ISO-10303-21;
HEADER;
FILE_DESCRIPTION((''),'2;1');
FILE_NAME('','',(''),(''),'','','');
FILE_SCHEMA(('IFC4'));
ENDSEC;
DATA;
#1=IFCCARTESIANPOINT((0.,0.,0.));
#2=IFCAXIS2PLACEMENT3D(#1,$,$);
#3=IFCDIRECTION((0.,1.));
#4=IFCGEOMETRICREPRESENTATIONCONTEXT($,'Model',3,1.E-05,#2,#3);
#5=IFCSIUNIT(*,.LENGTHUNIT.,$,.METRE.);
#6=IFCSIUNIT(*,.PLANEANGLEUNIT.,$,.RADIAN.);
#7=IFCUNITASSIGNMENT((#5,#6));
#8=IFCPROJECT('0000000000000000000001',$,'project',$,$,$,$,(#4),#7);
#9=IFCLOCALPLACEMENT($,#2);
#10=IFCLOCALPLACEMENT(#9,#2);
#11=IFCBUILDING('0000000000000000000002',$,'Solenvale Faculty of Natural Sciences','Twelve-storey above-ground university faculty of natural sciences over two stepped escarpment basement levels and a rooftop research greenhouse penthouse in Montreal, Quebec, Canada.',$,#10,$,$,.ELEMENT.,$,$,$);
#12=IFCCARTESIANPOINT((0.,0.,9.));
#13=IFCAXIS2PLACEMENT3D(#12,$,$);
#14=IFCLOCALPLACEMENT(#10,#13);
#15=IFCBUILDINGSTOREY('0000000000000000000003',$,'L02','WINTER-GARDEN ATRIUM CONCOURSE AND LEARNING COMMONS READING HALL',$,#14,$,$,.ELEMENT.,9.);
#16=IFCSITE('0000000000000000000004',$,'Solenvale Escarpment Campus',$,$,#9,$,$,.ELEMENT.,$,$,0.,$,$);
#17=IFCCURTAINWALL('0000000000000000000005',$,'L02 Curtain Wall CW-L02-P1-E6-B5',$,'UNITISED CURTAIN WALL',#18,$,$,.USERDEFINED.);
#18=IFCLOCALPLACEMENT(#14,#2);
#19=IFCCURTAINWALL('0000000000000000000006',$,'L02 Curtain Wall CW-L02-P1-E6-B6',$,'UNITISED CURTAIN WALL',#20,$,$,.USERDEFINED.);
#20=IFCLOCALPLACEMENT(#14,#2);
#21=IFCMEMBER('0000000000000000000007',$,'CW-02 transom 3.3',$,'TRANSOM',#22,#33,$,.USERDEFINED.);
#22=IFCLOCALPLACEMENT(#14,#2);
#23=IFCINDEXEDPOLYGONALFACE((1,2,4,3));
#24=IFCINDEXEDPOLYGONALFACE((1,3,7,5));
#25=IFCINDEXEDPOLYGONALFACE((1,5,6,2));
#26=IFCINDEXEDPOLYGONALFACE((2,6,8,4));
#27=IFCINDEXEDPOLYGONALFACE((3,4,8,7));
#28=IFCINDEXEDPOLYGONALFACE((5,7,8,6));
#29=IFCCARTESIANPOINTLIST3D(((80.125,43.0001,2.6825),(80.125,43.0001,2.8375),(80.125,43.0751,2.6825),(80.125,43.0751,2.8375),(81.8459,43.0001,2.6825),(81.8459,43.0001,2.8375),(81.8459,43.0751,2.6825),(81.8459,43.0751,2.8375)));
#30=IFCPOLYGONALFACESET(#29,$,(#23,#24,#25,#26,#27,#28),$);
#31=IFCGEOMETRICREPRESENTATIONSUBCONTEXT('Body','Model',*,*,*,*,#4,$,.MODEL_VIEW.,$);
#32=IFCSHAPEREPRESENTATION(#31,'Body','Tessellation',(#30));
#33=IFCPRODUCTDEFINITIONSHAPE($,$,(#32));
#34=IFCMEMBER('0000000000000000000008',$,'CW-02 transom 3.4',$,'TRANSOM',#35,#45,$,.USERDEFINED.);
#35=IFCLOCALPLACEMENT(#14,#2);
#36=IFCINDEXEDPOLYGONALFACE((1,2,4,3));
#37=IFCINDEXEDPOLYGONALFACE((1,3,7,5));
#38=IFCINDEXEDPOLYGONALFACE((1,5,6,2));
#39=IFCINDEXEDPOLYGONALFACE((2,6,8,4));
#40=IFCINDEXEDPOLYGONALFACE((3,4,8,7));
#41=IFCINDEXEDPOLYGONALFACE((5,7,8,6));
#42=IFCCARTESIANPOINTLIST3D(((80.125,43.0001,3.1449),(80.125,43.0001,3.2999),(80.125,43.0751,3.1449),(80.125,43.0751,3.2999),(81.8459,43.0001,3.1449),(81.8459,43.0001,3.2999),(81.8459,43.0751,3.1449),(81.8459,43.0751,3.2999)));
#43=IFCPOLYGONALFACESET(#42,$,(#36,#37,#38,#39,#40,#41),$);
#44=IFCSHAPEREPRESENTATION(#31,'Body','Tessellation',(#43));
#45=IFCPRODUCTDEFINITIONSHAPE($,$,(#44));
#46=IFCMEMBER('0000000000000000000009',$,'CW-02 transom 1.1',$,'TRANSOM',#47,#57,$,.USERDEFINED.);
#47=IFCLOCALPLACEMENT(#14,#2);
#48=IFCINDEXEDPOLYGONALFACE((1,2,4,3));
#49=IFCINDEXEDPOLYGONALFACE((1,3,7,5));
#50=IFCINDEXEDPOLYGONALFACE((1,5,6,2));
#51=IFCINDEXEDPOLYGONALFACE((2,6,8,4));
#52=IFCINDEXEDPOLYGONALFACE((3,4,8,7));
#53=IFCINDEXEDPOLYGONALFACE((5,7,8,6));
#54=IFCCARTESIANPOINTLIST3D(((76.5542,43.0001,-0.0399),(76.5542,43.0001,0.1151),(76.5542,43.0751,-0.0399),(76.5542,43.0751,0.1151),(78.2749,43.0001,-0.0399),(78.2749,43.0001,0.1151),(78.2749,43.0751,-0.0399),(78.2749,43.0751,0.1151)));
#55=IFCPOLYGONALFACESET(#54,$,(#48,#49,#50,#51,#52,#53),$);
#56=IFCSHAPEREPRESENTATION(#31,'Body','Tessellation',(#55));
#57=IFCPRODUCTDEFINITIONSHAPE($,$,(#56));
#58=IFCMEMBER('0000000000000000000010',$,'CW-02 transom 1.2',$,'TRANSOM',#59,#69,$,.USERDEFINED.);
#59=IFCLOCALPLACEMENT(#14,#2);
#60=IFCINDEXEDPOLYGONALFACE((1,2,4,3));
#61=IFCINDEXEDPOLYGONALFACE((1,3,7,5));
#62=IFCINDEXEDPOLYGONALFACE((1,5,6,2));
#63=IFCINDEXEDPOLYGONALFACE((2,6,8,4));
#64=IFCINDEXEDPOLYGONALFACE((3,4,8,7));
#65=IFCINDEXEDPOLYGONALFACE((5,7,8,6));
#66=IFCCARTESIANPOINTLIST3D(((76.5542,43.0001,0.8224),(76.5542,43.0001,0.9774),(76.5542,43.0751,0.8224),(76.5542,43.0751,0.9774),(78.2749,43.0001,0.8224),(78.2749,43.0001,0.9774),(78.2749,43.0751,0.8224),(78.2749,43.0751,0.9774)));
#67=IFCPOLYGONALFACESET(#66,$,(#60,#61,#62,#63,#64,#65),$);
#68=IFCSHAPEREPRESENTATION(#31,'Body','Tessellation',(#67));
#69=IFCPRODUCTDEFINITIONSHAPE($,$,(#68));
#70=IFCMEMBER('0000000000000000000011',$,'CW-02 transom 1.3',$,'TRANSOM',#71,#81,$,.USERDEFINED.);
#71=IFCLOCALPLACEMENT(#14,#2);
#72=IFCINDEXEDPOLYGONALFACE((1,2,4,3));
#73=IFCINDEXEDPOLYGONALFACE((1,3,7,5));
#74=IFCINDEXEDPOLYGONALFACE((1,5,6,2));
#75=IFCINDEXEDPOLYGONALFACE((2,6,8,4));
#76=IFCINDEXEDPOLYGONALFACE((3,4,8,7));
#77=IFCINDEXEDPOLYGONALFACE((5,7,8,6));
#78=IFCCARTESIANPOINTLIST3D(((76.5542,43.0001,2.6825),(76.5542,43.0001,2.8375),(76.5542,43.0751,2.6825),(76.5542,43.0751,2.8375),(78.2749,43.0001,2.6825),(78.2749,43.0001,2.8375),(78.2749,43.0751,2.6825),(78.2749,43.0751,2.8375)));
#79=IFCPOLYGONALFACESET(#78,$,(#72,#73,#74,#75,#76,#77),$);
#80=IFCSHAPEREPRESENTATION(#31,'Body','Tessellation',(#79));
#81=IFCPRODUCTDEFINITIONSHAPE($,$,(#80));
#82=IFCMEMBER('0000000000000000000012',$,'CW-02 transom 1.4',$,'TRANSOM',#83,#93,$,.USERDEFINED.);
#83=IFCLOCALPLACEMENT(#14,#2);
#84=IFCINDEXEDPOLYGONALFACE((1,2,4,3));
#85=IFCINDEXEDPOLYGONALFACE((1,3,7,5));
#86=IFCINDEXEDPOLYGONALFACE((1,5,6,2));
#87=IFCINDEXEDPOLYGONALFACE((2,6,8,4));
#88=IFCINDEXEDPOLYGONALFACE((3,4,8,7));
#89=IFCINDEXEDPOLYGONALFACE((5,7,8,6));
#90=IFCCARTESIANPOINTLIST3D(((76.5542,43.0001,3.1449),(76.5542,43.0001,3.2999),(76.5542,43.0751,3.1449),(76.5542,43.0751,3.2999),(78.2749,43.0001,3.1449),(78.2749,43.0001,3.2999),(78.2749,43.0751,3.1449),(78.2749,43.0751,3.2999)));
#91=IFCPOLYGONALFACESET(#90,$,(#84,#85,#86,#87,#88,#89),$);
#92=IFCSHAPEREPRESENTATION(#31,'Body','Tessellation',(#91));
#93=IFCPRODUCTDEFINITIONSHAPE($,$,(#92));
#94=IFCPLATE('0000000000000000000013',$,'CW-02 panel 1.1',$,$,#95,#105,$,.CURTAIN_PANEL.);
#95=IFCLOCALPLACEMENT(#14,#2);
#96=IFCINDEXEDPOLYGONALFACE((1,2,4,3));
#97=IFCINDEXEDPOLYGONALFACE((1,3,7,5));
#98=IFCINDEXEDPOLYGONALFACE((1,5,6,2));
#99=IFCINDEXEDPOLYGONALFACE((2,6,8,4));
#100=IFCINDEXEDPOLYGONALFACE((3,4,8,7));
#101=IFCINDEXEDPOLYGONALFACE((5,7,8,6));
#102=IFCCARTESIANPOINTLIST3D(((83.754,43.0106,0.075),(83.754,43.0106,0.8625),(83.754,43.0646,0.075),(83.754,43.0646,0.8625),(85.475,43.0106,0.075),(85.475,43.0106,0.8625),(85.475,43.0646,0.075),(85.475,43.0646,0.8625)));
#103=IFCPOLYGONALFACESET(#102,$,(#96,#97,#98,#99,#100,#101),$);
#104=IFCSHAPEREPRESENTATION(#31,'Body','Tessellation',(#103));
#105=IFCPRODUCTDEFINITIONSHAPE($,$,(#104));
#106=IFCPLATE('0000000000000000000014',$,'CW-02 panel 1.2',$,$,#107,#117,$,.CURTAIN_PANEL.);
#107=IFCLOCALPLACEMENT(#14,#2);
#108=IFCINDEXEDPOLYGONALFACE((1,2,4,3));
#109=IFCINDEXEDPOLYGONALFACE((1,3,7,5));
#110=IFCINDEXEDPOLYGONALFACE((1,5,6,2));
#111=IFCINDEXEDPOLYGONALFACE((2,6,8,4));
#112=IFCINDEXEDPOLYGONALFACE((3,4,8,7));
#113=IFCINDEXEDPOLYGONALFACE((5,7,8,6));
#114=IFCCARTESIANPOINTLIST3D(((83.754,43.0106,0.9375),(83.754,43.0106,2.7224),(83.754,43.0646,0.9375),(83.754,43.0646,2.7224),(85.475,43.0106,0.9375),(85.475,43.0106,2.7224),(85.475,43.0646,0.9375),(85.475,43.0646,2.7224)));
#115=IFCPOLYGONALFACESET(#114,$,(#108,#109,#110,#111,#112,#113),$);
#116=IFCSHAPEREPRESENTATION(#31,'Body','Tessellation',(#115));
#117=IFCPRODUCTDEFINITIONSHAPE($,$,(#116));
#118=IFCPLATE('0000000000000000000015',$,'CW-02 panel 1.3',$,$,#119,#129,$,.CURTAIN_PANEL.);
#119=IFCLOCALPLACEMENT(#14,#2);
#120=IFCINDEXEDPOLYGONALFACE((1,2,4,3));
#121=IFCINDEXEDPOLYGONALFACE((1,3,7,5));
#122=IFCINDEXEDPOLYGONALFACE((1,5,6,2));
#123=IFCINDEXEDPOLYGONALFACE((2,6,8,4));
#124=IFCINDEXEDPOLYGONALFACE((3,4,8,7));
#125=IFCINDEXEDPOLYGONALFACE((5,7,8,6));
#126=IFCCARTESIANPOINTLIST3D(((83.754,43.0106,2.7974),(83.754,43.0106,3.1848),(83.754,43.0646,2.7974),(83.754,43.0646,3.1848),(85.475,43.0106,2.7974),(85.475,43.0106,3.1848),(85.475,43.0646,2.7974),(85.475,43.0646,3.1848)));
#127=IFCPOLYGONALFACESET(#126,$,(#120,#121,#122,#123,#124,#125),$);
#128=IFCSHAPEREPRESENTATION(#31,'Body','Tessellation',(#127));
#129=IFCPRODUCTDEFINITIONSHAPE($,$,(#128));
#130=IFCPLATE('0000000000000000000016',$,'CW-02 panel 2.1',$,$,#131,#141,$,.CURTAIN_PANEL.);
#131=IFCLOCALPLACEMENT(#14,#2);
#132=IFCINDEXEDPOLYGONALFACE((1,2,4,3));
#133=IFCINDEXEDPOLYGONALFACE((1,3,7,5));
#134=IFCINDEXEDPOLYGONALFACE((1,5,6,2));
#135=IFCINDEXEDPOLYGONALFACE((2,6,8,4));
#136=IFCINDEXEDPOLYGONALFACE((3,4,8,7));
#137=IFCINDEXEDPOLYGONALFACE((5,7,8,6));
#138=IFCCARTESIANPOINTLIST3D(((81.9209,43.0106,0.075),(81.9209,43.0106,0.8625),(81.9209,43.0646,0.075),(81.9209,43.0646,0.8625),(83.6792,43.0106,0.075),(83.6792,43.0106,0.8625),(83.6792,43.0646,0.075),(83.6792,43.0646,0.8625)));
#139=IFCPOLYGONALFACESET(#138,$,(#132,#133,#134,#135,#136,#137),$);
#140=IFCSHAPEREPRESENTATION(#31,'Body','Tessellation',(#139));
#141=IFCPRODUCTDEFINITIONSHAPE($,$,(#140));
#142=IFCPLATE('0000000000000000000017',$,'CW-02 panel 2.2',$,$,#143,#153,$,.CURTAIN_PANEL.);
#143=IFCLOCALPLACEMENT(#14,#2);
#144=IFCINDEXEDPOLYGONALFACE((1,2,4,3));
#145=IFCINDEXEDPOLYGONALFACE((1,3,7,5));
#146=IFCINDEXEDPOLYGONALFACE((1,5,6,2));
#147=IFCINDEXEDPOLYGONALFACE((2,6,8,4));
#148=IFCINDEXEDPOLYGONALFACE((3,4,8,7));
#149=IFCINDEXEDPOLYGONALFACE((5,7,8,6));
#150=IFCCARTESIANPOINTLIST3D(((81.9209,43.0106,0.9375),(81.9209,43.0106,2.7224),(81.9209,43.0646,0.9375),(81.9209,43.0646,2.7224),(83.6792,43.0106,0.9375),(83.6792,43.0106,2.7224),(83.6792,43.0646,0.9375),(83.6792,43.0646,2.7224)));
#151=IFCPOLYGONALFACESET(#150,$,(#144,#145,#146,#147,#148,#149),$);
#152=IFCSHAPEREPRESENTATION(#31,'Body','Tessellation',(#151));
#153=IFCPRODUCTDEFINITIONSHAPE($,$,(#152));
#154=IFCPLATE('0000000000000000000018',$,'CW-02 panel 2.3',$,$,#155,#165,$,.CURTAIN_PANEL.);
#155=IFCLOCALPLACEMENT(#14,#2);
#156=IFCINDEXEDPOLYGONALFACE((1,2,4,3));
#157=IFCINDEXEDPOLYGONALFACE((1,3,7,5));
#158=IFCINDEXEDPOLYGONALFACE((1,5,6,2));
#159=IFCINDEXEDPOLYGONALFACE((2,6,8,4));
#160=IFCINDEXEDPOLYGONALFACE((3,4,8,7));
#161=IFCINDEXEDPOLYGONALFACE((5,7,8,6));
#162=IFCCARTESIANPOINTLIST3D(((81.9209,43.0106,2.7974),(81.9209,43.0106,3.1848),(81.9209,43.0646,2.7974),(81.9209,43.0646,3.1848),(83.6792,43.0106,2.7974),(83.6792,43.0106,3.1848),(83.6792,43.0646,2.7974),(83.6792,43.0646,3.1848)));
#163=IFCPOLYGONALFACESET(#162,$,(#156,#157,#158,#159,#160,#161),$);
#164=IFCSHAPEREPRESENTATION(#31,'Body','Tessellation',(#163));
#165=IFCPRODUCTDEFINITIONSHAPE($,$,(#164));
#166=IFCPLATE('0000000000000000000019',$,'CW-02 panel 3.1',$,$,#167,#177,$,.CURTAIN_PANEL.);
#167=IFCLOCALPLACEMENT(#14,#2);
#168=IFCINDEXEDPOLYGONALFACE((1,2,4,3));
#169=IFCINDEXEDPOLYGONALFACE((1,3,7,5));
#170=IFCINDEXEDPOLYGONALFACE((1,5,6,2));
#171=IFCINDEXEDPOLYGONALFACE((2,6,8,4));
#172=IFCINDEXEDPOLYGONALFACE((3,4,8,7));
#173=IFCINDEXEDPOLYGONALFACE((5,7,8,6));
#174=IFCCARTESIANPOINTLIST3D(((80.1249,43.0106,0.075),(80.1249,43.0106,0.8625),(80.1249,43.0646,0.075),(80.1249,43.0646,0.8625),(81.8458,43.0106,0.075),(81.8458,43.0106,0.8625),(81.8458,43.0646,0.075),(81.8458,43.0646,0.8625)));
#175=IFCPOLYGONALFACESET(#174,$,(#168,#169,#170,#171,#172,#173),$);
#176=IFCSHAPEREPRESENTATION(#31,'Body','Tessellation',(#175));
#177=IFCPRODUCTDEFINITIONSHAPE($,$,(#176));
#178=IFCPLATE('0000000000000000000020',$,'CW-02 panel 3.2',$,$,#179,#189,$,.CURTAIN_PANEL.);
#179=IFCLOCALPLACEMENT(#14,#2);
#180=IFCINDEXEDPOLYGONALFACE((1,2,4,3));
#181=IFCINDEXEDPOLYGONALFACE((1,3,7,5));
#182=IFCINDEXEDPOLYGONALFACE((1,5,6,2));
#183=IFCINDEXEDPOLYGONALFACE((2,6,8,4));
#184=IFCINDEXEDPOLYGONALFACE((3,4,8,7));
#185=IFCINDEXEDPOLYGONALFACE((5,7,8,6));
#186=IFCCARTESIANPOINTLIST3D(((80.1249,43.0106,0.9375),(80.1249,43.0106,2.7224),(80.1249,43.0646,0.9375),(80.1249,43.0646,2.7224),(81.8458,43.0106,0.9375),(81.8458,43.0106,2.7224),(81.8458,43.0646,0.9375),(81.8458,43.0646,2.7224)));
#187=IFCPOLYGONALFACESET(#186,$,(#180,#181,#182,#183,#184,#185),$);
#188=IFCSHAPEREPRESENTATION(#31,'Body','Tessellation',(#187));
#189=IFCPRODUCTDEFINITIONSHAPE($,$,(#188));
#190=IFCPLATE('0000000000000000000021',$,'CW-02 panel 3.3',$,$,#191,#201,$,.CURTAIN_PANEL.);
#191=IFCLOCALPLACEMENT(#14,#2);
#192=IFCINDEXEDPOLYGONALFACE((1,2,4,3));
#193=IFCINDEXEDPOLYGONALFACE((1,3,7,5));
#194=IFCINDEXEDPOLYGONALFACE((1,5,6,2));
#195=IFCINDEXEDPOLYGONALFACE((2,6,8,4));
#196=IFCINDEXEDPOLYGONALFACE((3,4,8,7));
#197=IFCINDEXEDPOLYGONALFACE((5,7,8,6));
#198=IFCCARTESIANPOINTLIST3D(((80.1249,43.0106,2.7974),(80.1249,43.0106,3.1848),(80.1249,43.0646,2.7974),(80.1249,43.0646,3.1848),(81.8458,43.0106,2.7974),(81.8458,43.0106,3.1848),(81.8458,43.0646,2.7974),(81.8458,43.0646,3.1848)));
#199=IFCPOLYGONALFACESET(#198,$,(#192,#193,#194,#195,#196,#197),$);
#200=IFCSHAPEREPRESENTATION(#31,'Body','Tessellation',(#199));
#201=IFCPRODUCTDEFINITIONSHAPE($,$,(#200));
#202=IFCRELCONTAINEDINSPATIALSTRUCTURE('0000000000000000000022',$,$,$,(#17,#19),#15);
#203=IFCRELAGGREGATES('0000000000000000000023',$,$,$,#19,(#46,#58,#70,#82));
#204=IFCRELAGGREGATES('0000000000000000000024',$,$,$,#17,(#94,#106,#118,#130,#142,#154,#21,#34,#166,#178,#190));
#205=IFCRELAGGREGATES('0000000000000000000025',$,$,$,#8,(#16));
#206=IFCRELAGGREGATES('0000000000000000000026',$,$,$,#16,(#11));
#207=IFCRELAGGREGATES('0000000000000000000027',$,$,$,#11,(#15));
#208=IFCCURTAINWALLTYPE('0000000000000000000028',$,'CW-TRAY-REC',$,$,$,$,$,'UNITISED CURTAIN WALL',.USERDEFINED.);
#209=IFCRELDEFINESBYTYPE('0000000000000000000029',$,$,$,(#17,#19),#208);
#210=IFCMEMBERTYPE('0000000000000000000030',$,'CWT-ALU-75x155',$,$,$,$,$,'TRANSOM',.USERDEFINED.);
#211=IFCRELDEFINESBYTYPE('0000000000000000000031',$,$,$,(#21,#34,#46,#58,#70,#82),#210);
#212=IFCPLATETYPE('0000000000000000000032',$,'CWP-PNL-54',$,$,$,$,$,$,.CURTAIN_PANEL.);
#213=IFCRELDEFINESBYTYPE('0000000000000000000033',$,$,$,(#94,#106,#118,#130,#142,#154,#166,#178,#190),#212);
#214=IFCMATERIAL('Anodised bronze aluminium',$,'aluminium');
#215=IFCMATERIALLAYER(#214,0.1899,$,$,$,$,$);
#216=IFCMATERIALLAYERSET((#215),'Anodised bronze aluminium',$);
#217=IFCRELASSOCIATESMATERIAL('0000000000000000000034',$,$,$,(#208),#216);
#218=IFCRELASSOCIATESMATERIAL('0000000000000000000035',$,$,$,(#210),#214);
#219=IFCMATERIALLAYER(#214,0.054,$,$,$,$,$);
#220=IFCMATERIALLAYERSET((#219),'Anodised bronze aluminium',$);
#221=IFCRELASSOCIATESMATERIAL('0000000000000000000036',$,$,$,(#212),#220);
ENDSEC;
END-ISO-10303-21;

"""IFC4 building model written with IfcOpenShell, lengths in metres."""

from ifc_helpers import new_model, si_unit, direction, frame, origin, origin_2d, place, context, subcontext, project, spatial, rectangle, extrude, material, layer, layer_set, material_profile, profile_set, type_object, element, aggregate, save


model = new_model("IFC4")

# Units and contexts
model_context = context("Model", 3, precision=1e-05, world=origin(), true_north=direction((0.0, 1.0)))
body_context = subcontext(model_context, "Body", "Model", "MODEL_VIEW")
ifc_project = project(units=[si_unit("LENGTHUNIT", "METRE"), si_unit("PLANEANGLEUNIT", "RADIAN")], contexts=[model_context])

# Site, building, storey
site_placement = place(None, origin())
site = spatial("IfcSite", under=ifc_project, at=site_placement, Name="Solenvale Escarpment Campus", CompositionType="ELEMENT", RefElevation=0.0)
building_placement = place(site_placement, origin())
building = spatial("IfcBuilding", under=site, at=building_placement, Name="Solenvale Faculty of Natural Sciences", Description="Twelve-storey above-ground university faculty of natural sciences over two stepped escarpment basement levels and a rooftop research greenhouse penthouse in Montreal, Quebec, Canada.", CompositionType="ELEMENT")
storey_placement = place(building_placement, frame((0.0, 0.0, 9.0)))
storey = spatial("IfcBuildingStorey", under=building, at=storey_placement, Name="L02", Description="WINTER-GARDEN ATRIUM CONCOURSE AND LEARNING COMMONS READING HALL", CompositionType="ELEMENT", Elevation=9.0)

# Curtain wall
ifc_material_1 = material(Name="Anodised bronze aluminium", Category="aluminium")
ifc_layer_1 = layer(ifc_material_1, 0.1899)
ifc_layer_set_1 = layer_set([ifc_layer_1], Name="Anodised bronze aluminium")
curtain_wall_type = type_object("IfcCurtainWallType", Name="CW-TRAY-REC", ElementType="UNITISED CURTAIN WALL", PredefinedType="USERDEFINED", material=ifc_layer_set_1)
curtain_wall_1_placement = place(storey_placement, origin())
curtain_wall_1 = element("IfcCurtainWall", 1, at=curtain_wall_1_placement, inside=storey, type_object=curtain_wall_type, Name="L02 Curtain Wall CW-L02-P1-E6-B5", ObjectType="UNITISED CURTAIN WALL", PredefinedType="USERDEFINED")

# Curtain wall
curtain_wall_2_placement = place(storey_placement, origin())
curtain_wall_2 = element("IfcCurtainWall", 2, at=curtain_wall_2_placement, inside=storey, type_object=curtain_wall_type, Name="L02 Curtain Wall CW-L02-P1-E6-B6", ObjectType="UNITISED CURTAIN WALL", PredefinedType="USERDEFINED")

# Members
ifc_material_profile_1 = material_profile(ifc_material_1, rectangle(XDim=0.075, YDim=0.155, at=origin_2d()), Name="ALU-TRN-75x155")
ifc_profile_set_1 = profile_set([ifc_material_profile_1], Name="Anodised bronze aluminium")
member_type_1 = type_object("IfcMemberType", Name="CWT-ALU-75x155", ElementType="TRANSOM", PredefinedType="USERDEFINED", material=ifc_profile_set_1)
member_1_placement = place(storey_placement, frame((81.8459, 43.0376, 2.76), z_axis=(-1.0, 0.0, 0.0), x_axis=(0.0, -1.0, 0.0)))
member_1 = element("IfcMember", 3, at=member_1_placement, type_object=member_type_1, Name="CW-02 transom 3.3", ObjectType="TRANSOM", PredefinedType="USERDEFINED", context=body_context, shape_type="SweptSolid", body=[
    extrude(rectangle(XDim=0.075, YDim=0.155, at=origin_2d()), origin(), (0.0, 0.0, 1.0), 1.7209),
])
member_2_placement = place(storey_placement, frame((81.8459, 43.0376, 3.2224), z_axis=(-1.0, 0.0, 0.0), x_axis=(0.0, -1.0, 0.0)))
member_2 = element("IfcMember", 4, at=member_2_placement, type_object=member_type_1, Name="CW-02 transom 3.4", ObjectType="TRANSOM", PredefinedType="USERDEFINED", context=body_context, shape_type="SweptSolid", body=[
    extrude(rectangle(XDim=0.075, YDim=0.155, at=origin_2d()), origin(), (0.0, 0.0, 1.0), 1.7209),
])
member_3_placement = place(storey_placement, frame((78.2749, 43.0376, 0.0376), z_axis=(-1.0, 0.0, 0.0), x_axis=(0.0, -1.0, 0.0)))
member_3 = element("IfcMember", 5, at=member_3_placement, type_object=member_type_1, Name="CW-02 transom 1.1", ObjectType="TRANSOM", PredefinedType="USERDEFINED", context=body_context, shape_type="SweptSolid", body=[
    extrude(rectangle(XDim=0.075, YDim=0.155, at=origin_2d()), origin(), (0.0, 0.0, 1.0), 1.7207),
])
member_4_placement = place(storey_placement, frame((78.2749, 43.0376, 0.8999), z_axis=(-1.0, 0.0, 0.0), x_axis=(0.0, -1.0, 0.0)))
member_4 = element("IfcMember", 6, at=member_4_placement, type_object=member_type_1, Name="CW-02 transom 1.2", ObjectType="TRANSOM", PredefinedType="USERDEFINED", context=body_context, shape_type="SweptSolid", body=[
    extrude(rectangle(XDim=0.075, YDim=0.155, at=origin_2d()), origin(), (0.0, 0.0, 1.0), 1.7207),
])
member_5_placement = place(storey_placement, frame((78.2749, 43.0376, 2.76), z_axis=(-1.0, 0.0, 0.0), x_axis=(0.0, -1.0, 0.0)))
member_5 = element("IfcMember", 7, at=member_5_placement, type_object=member_type_1, Name="CW-02 transom 1.3", ObjectType="TRANSOM", PredefinedType="USERDEFINED", context=body_context, shape_type="SweptSolid", body=[
    extrude(rectangle(XDim=0.075, YDim=0.155, at=origin_2d()), origin(), (0.0, 0.0, 1.0), 1.7207),
])
member_6_placement = place(storey_placement, frame((78.2749, 43.0376, 3.2224), z_axis=(-1.0, 0.0, 0.0), x_axis=(0.0, -1.0, 0.0)))
member_6 = element("IfcMember", 8, at=member_6_placement, type_object=member_type_1, Name="CW-02 transom 1.4", ObjectType="TRANSOM", PredefinedType="USERDEFINED", context=body_context, shape_type="SweptSolid", body=[
    extrude(rectangle(XDim=0.075, YDim=0.155, at=origin_2d()), origin(), (0.0, 0.0, 1.0), 1.7207),
])
aggregate(curtain_wall_2, [member_3, member_4, member_5, member_6])

# Plates
ifc_layer_2 = layer(ifc_material_1, 0.054)
ifc_layer_set_2 = layer_set([ifc_layer_2], Name="Anodised bronze aluminium")
plate_type = type_object("IfcPlateType", Name="CWP-PNL-54", PredefinedType="CURTAIN_PANEL", material=ifc_layer_set_2)
plate_1_placement = place(storey_placement, frame((84.6145, 43.0376, 0.075), z_axis=(0.0, 0.0, 1.0), x_axis=(-1.0, 0.0, 0.0)))
plate_1 = element("IfcPlate", 9, at=plate_1_placement, type_object=plate_type, Name="CW-02 panel 1.1", PredefinedType="CURTAIN_PANEL", context=body_context, shape_type="SweptSolid", body=[
    extrude(rectangle(XDim=1.7209, YDim=0.054, at=origin_2d()), origin(), (0.0, 0.0, 1.0), 0.7876),
])
plate_2_placement = place(storey_placement, frame((84.6145, 43.0376, 0.9375), z_axis=(0.0, 0.0, 1.0), x_axis=(-1.0, 0.0, 0.0)))
plate_2 = element("IfcPlate", 10, at=plate_2_placement, type_object=plate_type, Name="CW-02 panel 1.2", PredefinedType="CURTAIN_PANEL", context=body_context, shape_type="SweptSolid", body=[
    extrude(rectangle(XDim=1.7209, YDim=0.054, at=origin_2d()), origin(), (0.0, 0.0, 1.0), 1.7849),
])
plate_3_placement = place(storey_placement, frame((84.6145, 43.0376, 2.7974), z_axis=(0.0, 0.0, 1.0), x_axis=(-1.0, 0.0, 0.0)))
plate_3 = element("IfcPlate", 11, at=plate_3_placement, type_object=plate_type, Name="CW-02 panel 1.3", PredefinedType="CURTAIN_PANEL", context=body_context, shape_type="SweptSolid", body=[
    extrude(rectangle(XDim=1.7209, YDim=0.054, at=origin_2d()), origin(), (0.0, 0.0, 1.0), 0.3875),
])
plate_4_placement = place(storey_placement, frame((82.8, 43.0376, 0.075), z_axis=(0.0, 0.0, 1.0), x_axis=(-1.0, 0.0, 0.0)))
plate_4 = element("IfcPlate", 12, at=plate_4_placement, type_object=plate_type, Name="CW-02 panel 2.1", PredefinedType="CURTAIN_PANEL", context=body_context, shape_type="SweptSolid", body=[
    extrude(rectangle(XDim=1.7583, YDim=0.054, at=origin_2d()), origin(), (0.0, 0.0, 1.0), 0.7876),
])
plate_5_placement = place(storey_placement, frame((82.8, 43.0376, 0.9375), z_axis=(0.0, 0.0, 1.0), x_axis=(-1.0, 0.0, 0.0)))
plate_5 = element("IfcPlate", 13, at=plate_5_placement, type_object=plate_type, Name="CW-02 panel 2.2", PredefinedType="CURTAIN_PANEL", context=body_context, shape_type="SweptSolid", body=[
    extrude(rectangle(XDim=1.7583, YDim=0.054, at=origin_2d()), origin(), (0.0, 0.0, 1.0), 1.7849),
])
plate_6_placement = place(storey_placement, frame((82.8, 43.0376, 2.7974), z_axis=(0.0, 0.0, 1.0), x_axis=(-1.0, 0.0, 0.0)))
plate_6 = element("IfcPlate", 14, at=plate_6_placement, type_object=plate_type, Name="CW-02 panel 2.3", PredefinedType="CURTAIN_PANEL", context=body_context, shape_type="SweptSolid", body=[
    extrude(rectangle(XDim=1.7583, YDim=0.054, at=origin_2d()), origin(), (0.0, 0.0, 1.0), 0.3875),
])
plate_7_placement = place(storey_placement, frame((80.9854, 43.0376, 0.075), z_axis=(0.0, 0.0, 1.0), x_axis=(-1.0, 0.0, 0.0)))
plate_7 = element("IfcPlate", 15, at=plate_7_placement, type_object=plate_type, Name="CW-02 panel 3.1", PredefinedType="CURTAIN_PANEL", context=body_context, shape_type="SweptSolid", body=[
    extrude(rectangle(XDim=1.7209, YDim=0.054, at=origin_2d()), origin(), (0.0, 0.0, 1.0), 0.7876),
])
plate_8_placement = place(storey_placement, frame((80.9854, 43.0376, 0.9375), z_axis=(0.0, 0.0, 1.0), x_axis=(-1.0, 0.0, 0.0)))
plate_8 = element("IfcPlate", 16, at=plate_8_placement, type_object=plate_type, Name="CW-02 panel 3.2", PredefinedType="CURTAIN_PANEL", context=body_context, shape_type="SweptSolid", body=[
    extrude(rectangle(XDim=1.7209, YDim=0.054, at=origin_2d()), origin(), (0.0, 0.0, 1.0), 1.7849),
])
plate_9_placement = place(storey_placement, frame((80.9854, 43.0376, 2.7974), z_axis=(0.0, 0.0, 1.0), x_axis=(-1.0, 0.0, 0.0)))
plate_9 = element("IfcPlate", 17, at=plate_9_placement, type_object=plate_type, Name="CW-02 panel 3.3", PredefinedType="CURTAIN_PANEL", context=body_context, shape_type="SweptSolid", body=[
    extrude(rectangle(XDim=1.7209, YDim=0.054, at=origin_2d()), origin(), (0.0, 0.0, 1.0), 0.3875),
])
aggregate(curtain_wall_1, [plate_1, plate_2, plate_3, plate_4, plate_5, plate_6, member_1, member_2, plate_7, plate_8, plate_9])

save(model, "model.ifc")
